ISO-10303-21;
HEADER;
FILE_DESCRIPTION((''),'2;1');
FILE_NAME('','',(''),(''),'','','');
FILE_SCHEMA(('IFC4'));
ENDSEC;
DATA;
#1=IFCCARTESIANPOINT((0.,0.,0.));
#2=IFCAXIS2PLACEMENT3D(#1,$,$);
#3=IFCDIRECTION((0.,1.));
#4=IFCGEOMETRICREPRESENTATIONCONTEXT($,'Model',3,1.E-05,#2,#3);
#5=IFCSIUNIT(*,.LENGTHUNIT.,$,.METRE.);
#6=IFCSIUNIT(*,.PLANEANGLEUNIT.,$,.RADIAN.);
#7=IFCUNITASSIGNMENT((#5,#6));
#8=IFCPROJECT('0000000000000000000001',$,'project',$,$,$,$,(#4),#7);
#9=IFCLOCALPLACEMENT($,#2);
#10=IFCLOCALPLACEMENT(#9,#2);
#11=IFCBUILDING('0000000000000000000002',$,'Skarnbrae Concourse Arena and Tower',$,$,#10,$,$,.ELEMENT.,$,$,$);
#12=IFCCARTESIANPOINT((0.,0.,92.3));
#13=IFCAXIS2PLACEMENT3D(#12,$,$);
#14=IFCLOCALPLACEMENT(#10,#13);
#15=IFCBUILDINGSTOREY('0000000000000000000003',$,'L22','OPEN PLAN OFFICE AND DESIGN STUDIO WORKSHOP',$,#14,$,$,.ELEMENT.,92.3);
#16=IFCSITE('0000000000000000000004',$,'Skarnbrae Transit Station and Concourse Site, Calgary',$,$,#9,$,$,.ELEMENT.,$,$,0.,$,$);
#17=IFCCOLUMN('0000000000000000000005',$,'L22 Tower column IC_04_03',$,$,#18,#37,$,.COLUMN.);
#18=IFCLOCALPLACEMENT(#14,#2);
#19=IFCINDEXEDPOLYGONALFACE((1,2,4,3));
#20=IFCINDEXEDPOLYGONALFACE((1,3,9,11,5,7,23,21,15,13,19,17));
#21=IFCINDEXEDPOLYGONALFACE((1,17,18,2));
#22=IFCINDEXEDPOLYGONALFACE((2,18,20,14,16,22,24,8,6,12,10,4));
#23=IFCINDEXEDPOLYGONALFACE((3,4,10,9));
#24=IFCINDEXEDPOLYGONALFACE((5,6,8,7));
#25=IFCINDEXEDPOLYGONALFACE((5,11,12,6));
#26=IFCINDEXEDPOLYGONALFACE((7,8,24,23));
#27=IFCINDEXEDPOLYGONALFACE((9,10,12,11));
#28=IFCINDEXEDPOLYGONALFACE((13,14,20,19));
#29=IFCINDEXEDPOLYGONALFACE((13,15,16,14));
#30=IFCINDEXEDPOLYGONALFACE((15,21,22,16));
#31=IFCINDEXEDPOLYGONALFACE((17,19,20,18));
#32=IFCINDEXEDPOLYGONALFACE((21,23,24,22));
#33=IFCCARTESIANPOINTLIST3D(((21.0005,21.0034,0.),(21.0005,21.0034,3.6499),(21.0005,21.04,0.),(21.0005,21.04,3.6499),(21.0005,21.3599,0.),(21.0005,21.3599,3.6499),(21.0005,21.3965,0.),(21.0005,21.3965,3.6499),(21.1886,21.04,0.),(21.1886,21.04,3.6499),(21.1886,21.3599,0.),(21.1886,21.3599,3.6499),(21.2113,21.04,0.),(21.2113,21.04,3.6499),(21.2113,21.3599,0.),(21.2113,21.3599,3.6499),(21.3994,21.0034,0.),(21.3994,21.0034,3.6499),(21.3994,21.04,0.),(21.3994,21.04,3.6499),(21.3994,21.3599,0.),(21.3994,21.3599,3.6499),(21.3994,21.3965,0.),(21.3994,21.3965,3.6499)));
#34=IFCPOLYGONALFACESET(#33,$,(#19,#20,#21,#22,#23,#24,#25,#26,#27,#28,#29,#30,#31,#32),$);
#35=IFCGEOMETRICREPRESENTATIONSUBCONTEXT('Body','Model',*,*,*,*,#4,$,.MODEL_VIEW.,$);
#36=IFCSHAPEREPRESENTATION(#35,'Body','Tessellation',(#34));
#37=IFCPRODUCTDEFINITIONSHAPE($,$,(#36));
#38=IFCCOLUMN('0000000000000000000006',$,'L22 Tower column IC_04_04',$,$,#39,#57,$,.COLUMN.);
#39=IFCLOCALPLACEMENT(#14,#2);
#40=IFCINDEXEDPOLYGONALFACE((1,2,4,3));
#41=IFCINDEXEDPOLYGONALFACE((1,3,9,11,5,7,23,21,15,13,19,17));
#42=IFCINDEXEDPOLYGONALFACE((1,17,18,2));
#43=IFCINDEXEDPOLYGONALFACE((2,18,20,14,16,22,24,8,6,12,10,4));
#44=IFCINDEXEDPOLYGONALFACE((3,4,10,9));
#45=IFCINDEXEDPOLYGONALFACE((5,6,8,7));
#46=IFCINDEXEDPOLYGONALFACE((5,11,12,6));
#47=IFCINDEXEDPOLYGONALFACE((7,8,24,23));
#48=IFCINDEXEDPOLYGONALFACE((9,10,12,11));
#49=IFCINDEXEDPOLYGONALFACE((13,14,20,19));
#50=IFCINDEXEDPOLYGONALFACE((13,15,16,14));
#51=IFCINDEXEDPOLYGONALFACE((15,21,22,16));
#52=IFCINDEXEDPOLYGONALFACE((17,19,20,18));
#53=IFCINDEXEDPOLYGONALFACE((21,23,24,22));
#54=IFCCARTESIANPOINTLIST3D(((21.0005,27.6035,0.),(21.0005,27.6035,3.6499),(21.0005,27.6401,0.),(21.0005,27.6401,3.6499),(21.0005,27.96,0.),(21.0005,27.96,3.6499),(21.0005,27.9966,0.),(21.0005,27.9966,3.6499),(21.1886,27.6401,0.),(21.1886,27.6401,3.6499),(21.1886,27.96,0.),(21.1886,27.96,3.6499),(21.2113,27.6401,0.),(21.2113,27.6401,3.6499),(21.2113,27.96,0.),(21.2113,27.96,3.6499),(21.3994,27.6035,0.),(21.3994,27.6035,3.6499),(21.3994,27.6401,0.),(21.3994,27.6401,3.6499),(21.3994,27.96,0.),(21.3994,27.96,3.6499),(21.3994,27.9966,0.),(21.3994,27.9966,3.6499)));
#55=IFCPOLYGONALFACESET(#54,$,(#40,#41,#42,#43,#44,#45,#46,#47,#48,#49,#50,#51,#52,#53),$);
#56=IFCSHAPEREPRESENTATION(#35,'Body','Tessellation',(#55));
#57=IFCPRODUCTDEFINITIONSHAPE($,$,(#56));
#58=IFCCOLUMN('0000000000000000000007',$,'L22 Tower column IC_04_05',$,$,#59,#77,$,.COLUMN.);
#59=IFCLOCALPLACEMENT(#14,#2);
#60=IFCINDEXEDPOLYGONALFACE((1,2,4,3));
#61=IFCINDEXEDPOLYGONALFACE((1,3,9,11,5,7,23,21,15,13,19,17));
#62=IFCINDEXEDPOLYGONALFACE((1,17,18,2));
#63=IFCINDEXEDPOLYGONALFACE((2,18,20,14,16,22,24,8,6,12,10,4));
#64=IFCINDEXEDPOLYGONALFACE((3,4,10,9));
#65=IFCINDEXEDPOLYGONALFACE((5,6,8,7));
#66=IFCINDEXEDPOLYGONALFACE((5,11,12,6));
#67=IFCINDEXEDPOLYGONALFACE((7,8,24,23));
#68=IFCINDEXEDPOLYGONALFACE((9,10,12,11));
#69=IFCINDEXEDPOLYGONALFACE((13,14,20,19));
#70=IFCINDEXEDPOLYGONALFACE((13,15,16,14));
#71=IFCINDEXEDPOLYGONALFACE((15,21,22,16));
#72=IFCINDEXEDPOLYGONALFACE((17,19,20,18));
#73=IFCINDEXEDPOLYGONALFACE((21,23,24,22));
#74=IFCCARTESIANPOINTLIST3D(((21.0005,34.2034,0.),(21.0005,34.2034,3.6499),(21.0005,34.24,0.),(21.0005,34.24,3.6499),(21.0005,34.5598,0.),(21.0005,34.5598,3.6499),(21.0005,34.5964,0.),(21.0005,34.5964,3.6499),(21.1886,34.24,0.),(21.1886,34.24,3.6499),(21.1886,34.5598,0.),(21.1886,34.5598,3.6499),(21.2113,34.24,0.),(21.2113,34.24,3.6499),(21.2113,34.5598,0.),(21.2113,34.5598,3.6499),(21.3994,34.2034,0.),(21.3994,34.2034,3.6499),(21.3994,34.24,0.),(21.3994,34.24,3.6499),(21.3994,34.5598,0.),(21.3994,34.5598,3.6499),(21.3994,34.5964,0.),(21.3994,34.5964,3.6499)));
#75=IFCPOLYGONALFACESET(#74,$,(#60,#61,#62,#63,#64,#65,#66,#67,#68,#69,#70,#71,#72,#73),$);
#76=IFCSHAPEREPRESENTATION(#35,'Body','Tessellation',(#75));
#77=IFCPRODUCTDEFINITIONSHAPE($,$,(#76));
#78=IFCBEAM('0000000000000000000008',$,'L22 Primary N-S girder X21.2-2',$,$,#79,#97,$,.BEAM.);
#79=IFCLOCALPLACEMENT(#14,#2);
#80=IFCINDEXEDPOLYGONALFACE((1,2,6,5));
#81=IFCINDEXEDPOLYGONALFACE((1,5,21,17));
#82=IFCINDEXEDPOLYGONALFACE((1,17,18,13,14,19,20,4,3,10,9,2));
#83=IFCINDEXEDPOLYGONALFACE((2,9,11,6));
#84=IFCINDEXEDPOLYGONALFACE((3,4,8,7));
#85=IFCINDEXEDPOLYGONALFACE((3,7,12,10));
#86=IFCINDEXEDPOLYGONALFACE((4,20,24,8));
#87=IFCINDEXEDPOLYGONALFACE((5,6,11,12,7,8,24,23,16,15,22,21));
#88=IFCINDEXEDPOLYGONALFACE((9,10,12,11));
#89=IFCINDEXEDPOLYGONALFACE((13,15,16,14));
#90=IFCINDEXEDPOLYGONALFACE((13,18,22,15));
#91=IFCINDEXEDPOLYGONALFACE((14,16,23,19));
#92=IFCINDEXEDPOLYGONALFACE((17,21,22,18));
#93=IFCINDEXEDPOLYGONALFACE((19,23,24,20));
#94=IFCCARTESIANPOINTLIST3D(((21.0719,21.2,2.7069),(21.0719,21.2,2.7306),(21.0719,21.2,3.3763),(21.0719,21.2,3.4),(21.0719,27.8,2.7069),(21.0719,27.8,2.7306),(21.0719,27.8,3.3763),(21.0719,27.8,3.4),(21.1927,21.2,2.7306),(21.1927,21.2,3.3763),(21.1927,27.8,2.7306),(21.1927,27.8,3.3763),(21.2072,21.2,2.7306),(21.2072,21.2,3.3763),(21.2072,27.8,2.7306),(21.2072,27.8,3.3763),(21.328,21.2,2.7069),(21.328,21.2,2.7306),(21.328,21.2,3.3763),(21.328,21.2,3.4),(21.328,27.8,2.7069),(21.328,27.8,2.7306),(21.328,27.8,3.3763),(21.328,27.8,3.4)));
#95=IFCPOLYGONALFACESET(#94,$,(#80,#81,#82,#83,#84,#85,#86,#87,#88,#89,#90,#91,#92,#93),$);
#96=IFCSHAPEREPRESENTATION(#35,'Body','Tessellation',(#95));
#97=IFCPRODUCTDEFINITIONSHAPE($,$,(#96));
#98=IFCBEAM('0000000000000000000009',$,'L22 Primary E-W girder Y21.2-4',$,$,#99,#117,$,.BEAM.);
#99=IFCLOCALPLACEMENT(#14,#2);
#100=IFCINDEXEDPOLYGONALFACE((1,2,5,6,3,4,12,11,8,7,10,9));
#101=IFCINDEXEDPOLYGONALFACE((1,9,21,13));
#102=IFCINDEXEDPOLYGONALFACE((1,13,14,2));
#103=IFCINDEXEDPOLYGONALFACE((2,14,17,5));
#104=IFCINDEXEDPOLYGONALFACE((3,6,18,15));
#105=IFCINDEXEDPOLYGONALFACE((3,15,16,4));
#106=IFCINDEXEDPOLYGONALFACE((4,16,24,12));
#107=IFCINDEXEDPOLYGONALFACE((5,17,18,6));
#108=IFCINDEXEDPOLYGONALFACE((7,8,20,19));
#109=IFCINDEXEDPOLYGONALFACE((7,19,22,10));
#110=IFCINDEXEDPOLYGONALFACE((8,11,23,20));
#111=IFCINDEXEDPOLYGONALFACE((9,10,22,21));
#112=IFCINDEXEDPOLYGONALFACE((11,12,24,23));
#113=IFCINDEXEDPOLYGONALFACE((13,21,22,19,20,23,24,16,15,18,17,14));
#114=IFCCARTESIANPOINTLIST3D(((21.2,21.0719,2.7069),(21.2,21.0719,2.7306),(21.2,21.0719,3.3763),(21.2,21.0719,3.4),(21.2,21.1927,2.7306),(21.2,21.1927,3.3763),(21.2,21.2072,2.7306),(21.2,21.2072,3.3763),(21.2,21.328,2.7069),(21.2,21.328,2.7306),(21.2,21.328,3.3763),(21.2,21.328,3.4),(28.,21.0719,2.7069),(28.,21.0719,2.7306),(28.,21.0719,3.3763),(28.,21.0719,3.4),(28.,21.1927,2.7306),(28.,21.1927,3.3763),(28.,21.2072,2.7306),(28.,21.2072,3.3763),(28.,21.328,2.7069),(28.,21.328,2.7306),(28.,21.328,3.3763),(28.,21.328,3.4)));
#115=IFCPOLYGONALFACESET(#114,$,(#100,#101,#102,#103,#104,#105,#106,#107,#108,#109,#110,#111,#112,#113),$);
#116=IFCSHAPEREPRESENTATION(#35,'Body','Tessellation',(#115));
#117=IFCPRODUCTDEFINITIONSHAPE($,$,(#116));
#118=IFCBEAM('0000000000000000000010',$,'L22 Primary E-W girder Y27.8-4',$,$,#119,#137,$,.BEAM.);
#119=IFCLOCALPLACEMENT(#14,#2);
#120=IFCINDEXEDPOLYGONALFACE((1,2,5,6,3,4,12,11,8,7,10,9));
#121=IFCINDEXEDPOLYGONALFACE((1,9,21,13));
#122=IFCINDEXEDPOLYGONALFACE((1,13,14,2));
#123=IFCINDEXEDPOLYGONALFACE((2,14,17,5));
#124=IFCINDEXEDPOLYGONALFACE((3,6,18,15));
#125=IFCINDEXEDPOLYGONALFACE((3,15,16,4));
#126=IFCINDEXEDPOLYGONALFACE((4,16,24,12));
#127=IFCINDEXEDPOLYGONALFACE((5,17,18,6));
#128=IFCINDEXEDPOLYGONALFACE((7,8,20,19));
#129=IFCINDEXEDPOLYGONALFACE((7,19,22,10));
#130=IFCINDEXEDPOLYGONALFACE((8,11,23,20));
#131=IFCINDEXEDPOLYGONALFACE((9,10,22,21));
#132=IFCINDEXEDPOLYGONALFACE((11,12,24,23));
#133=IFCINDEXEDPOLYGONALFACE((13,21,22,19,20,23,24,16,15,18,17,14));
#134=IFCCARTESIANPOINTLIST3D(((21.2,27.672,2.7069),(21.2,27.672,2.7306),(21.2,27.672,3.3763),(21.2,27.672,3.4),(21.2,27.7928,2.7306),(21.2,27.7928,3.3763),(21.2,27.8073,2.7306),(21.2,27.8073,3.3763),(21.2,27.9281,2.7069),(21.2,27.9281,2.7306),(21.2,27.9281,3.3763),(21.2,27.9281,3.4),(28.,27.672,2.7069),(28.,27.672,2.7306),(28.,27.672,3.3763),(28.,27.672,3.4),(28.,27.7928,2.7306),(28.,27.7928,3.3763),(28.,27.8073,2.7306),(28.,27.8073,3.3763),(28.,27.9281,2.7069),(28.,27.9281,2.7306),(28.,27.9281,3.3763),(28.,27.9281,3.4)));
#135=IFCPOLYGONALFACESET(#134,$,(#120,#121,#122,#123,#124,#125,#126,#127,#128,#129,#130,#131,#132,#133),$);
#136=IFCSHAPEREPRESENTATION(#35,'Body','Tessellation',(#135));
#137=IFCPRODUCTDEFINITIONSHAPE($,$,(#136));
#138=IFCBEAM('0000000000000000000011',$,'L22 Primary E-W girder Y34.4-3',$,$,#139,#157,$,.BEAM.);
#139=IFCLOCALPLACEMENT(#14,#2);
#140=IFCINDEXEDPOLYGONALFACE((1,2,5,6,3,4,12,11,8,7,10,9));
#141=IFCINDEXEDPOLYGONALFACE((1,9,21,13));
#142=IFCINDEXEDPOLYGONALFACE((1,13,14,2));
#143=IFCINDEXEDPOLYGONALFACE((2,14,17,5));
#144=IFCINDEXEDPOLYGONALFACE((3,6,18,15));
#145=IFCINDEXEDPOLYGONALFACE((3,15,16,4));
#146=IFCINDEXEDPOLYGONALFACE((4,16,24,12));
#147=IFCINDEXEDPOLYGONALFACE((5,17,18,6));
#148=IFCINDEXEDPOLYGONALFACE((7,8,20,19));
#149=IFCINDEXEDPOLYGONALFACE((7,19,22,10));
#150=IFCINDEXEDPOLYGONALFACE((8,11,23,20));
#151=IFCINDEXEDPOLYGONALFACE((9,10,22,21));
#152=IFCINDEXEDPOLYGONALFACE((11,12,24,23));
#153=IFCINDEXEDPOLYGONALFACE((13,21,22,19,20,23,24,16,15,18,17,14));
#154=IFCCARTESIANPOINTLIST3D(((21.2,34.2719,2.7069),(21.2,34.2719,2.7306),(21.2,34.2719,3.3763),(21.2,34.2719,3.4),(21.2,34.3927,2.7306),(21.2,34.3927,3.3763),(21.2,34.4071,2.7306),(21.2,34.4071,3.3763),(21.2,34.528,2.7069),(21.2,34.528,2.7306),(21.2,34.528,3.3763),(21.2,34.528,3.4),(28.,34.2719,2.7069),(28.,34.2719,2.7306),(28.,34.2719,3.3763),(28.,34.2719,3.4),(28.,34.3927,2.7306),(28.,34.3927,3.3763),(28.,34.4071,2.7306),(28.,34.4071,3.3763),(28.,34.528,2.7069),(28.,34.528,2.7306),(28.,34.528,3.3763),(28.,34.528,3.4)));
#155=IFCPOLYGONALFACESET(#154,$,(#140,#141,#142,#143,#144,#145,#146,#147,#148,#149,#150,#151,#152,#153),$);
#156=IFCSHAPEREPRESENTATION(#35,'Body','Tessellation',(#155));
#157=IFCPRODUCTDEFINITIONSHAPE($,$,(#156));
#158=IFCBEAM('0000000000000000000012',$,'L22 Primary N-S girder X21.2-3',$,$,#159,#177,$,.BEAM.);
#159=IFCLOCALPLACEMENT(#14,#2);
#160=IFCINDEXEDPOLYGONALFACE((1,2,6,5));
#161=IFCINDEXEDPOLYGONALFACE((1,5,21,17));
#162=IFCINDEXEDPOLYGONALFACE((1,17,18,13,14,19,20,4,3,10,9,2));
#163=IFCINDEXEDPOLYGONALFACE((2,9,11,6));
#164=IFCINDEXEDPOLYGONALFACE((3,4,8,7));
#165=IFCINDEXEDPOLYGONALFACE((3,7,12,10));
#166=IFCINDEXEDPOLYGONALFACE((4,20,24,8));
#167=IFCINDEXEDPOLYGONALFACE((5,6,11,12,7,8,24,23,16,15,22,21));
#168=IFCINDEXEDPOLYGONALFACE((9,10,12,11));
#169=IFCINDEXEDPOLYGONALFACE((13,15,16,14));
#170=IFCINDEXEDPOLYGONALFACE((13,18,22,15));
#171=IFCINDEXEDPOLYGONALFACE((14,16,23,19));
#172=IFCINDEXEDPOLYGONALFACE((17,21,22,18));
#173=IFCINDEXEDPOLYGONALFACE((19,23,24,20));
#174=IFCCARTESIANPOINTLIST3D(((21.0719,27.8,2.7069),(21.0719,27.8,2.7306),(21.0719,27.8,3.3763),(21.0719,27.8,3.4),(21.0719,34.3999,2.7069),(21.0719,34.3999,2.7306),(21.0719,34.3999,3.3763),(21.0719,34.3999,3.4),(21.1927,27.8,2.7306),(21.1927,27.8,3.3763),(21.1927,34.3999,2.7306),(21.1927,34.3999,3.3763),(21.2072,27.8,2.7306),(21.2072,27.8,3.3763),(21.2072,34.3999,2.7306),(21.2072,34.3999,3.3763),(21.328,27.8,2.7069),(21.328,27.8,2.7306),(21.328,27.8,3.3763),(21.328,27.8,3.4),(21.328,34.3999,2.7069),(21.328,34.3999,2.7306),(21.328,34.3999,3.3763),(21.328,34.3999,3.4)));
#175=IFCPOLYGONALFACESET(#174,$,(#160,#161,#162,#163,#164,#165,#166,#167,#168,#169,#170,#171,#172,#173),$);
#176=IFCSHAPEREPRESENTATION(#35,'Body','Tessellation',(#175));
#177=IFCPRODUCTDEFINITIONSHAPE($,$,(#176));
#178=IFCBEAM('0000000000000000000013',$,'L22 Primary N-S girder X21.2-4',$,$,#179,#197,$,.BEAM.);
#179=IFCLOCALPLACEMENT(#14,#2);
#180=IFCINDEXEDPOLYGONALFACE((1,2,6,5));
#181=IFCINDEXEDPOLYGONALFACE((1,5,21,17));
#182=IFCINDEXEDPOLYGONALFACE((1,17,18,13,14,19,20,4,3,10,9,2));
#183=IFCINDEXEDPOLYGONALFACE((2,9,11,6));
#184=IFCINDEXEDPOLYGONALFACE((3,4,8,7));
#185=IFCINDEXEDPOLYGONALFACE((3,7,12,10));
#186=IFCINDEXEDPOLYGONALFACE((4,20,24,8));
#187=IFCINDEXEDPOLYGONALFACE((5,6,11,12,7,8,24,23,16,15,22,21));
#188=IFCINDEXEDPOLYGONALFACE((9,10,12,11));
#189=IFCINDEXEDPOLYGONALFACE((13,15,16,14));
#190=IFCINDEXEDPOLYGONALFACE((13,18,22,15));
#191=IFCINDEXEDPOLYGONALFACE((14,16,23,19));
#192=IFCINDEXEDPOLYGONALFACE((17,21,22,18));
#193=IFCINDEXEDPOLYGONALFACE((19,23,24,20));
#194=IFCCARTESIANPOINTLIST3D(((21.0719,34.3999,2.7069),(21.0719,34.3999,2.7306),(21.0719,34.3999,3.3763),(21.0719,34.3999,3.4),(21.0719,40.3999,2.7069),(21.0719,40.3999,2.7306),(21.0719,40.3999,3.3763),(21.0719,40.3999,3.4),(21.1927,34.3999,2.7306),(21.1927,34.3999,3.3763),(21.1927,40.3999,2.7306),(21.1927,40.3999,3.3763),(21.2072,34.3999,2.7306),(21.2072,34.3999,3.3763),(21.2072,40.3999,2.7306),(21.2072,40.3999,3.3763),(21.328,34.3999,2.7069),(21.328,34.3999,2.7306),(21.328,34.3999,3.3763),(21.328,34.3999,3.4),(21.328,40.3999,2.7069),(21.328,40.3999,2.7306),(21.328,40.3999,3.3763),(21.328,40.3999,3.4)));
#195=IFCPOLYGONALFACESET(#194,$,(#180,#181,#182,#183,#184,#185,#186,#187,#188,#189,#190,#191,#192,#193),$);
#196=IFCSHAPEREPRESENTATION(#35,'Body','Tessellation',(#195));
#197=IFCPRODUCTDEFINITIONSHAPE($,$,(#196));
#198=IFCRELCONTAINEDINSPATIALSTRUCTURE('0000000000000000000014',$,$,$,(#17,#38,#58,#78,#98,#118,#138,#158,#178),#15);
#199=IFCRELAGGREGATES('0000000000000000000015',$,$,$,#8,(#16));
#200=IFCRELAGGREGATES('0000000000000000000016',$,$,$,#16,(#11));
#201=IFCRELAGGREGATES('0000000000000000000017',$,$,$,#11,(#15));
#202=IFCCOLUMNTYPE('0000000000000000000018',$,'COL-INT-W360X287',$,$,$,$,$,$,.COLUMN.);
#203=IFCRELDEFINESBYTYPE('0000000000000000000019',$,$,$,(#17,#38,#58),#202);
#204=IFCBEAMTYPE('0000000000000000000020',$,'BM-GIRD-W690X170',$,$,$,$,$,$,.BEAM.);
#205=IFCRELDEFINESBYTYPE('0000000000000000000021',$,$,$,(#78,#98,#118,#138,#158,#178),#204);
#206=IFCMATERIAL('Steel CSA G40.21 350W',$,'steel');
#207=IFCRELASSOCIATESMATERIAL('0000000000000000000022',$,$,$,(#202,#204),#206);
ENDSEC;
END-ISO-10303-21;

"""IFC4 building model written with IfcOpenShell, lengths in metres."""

from ifc_helpers import new_model, si_unit, direction, frame, origin, origin_2d, place, context, subcontext, project, spatial, i_section, extrude, source, transform, mapped, material, material_profile, profile_set, type_object, element, save


model = new_model("IFC4")

# Units and contexts
model_context = context("Model", 3, precision=1e-05, world=origin(), true_north=direction((0.0, 1.0)))
body_context = subcontext(model_context, "Body", "Model", "MODEL_VIEW")
ifc_project = project(units=[si_unit("LENGTHUNIT", "METRE"), si_unit("PLANEANGLEUNIT", "RADIAN")], contexts=[model_context])

# Site, building, storey
site_placement = place(None, origin())
site = spatial("IfcSite", under=ifc_project, at=site_placement, Name="Skarnbrae Transit Station and Concourse Site, Calgary", CompositionType="ELEMENT", RefElevation=0.0)
building_placement = place(site_placement, origin())
building = spatial("IfcBuilding", under=site, at=building_placement, Name="Skarnbrae Concourse Arena and Tower", CompositionType="ELEMENT")
storey_placement = place(building_placement, frame((0.0, 0.0, 92.3)))
storey = spatial("IfcBuildingStorey", under=building, at=storey_placement, Name="L22", Description="OPEN PLAN OFFICE AND DESIGN STUDIO WORKSHOP", CompositionType="ELEMENT", Elevation=92.3)

# Columns
ifc_material_1 = material(Name="Steel CSA G40.21 350W", Category="steel")
ifc_material_profile_1 = material_profile(ifc_material_1, i_section(OverallWidth=0.3989, OverallDepth=0.3931, WebThickness=0.0227, FlangeThickness=0.0366, at=origin_2d()), Name="W360X287")
ifc_profile_set_1 = profile_set([ifc_material_profile_1], Name="Steel CSA G40.21 350W")
column_type = type_object("IfcColumnType", Name="COL-INT-W360X287", PredefinedType="COLUMN", material=ifc_profile_set_1)
shared_shape_1 = source(origin(), body_context, "Body", "SweptSolid", [
    extrude(i_section(OverallWidth=0.3989, OverallDepth=0.3931, WebThickness=0.0227, FlangeThickness=0.0366, at=origin_2d()), origin(), (0.0, 0.0, 1.0), 3.6499),
])
for number, where, z_axis, x_axis, name in (
    (1, (21.2, 21.2, 0.0), (0.0, 0.0, 1.0), (1.0, 0.0, 0.0), "L22 Tower column IC_04_03"),
    (2, (21.2, 27.8, 0.0), (0.0, 0.0, 1.0), (1.0, 0.0, 0.0), "L22 Tower column IC_04_04"),
    (3, (21.2, 34.3999, 0.0), (0.0, 0.0, 1.0), (1.0, 0.0, 0.0), "L22 Tower column IC_04_05"),
):
    element("IfcColumn", number, at=place(storey_placement, frame(where, z_axis=z_axis, x_axis=x_axis)), inside=storey, type_object=column_type, Name=name, PredefinedType="COLUMN", context=body_context, shape_type="MappedRepresentation", body=[
        mapped(shared_shape_1, transform((0.0, 0.0, 0.0))),
    ])

# Beams
ifc_material_profile_2 = material_profile(ifc_material_1, i_section(OverallWidth=0.2561, OverallDepth=0.6931, WebThickness=0.0144, FlangeThickness=0.0237, at=origin_2d()), Name="W690X170")
ifc_profile_set_2 = profile_set([ifc_material_profile_2], Name="Steel CSA G40.21 350W")
beam_type_1 = type_object("IfcBeamType", Name="BM-GIRD-W690X170", PredefinedType="BEAM", material=ifc_profile_set_2)
shared_shape_2 = source(origin(), body_context, "Body", "SweptSolid", [
    extrude(i_section(OverallWidth=0.2561, OverallDepth=0.6931, WebThickness=0.0144, FlangeThickness=0.0237, at=origin_2d()), origin(), (0.0, 0.0, 1.0), 6.6001),
])
beam_1_placement = place(storey_placement, frame((21.2, 21.2, 3.0535), z_axis=(0.0, 1.0, 0.0), x_axis=(-1.0, 0.0, 0.0)))
element("IfcBeam", 4, at=beam_1_placement, inside=storey, type_object=beam_type_1, Name="L22 Primary N-S girder X21.2-2", PredefinedType="BEAM", context=body_context, shape_type="MappedRepresentation", body=[
    mapped(shared_shape_2, transform((0.0, 0.0, 0.0))),
])
shared_shape_3 = source(origin(), body_context, "Body", "SweptSolid", [
    extrude(i_section(OverallWidth=0.2561, OverallDepth=0.6931, WebThickness=0.0144, FlangeThickness=0.0237, at=origin_2d()), origin(), (0.0, 0.0, 1.0), 6.8),
])
for number, where, z_axis, x_axis, name in (
    (5, (21.2, 21.2, 3.0535), (1.0, 0.0, 0.0), (0.0, 1.0, 0.0), "L22 Primary E-W girder Y21.2-4"),
    (6, (21.2, 27.8, 3.0535), (1.0, 0.0, 0.0), (0.0, 1.0, 0.0), "L22 Primary E-W girder Y27.8-4"),
    (7, (21.2, 34.3999, 3.0535), (1.0, 0.0, 0.0), (0.0, 1.0, 0.0), "L22 Primary E-W girder Y34.4-3"),
):
    element("IfcBeam", number, at=place(storey_placement, frame(where, z_axis=z_axis, x_axis=x_axis)), inside=storey, type_object=beam_type_1, Name=name, PredefinedType="BEAM", context=body_context, shape_type="MappedRepresentation", body=[
        mapped(shared_shape_3, transform((0.0, 0.0, 0.0))),
    ])
shared_shape_4 = source(origin(), body_context, "Body", "SweptSolid", [
    extrude(i_section(OverallWidth=0.2561, OverallDepth=0.6931, WebThickness=0.0144, FlangeThickness=0.0237, at=origin_2d()), origin(), (0.0, 0.0, 1.0), 6.5999),
])
beam_2_placement = place(storey_placement, frame((21.2, 27.8, 3.0535), z_axis=(0.0, 1.0, 0.0), x_axis=(-1.0, 0.0, 0.0)))
element("IfcBeam", 8, at=beam_2_placement, inside=storey, type_object=beam_type_1, Name="L22 Primary N-S girder X21.2-3", PredefinedType="BEAM", context=body_context, shape_type="MappedRepresentation", body=[
    mapped(shared_shape_4, transform((0.0, 0.0, 0.0))),
])
shared_shape_5 = source(origin(), body_context, "Body", "SweptSolid", [
    extrude(i_section(OverallWidth=0.2561, OverallDepth=0.6931, WebThickness=0.0144, FlangeThickness=0.0237, at=origin_2d()), origin(), (0.0, 0.0, 1.0), 6.0),
])
beam_3_placement = place(storey_placement, frame((21.2, 34.3999, 3.0535), z_axis=(0.0, 1.0, 0.0), x_axis=(-1.0, 0.0, 0.0)))
element("IfcBeam", 9, at=beam_3_placement, inside=storey, type_object=beam_type_1, Name="L22 Primary N-S girder X21.2-4", PredefinedType="BEAM", context=body_context, shape_type="MappedRepresentation", body=[
    mapped(shared_shape_5, transform((0.0, 0.0, 0.0))),
])

save(model, "model.ifc")
